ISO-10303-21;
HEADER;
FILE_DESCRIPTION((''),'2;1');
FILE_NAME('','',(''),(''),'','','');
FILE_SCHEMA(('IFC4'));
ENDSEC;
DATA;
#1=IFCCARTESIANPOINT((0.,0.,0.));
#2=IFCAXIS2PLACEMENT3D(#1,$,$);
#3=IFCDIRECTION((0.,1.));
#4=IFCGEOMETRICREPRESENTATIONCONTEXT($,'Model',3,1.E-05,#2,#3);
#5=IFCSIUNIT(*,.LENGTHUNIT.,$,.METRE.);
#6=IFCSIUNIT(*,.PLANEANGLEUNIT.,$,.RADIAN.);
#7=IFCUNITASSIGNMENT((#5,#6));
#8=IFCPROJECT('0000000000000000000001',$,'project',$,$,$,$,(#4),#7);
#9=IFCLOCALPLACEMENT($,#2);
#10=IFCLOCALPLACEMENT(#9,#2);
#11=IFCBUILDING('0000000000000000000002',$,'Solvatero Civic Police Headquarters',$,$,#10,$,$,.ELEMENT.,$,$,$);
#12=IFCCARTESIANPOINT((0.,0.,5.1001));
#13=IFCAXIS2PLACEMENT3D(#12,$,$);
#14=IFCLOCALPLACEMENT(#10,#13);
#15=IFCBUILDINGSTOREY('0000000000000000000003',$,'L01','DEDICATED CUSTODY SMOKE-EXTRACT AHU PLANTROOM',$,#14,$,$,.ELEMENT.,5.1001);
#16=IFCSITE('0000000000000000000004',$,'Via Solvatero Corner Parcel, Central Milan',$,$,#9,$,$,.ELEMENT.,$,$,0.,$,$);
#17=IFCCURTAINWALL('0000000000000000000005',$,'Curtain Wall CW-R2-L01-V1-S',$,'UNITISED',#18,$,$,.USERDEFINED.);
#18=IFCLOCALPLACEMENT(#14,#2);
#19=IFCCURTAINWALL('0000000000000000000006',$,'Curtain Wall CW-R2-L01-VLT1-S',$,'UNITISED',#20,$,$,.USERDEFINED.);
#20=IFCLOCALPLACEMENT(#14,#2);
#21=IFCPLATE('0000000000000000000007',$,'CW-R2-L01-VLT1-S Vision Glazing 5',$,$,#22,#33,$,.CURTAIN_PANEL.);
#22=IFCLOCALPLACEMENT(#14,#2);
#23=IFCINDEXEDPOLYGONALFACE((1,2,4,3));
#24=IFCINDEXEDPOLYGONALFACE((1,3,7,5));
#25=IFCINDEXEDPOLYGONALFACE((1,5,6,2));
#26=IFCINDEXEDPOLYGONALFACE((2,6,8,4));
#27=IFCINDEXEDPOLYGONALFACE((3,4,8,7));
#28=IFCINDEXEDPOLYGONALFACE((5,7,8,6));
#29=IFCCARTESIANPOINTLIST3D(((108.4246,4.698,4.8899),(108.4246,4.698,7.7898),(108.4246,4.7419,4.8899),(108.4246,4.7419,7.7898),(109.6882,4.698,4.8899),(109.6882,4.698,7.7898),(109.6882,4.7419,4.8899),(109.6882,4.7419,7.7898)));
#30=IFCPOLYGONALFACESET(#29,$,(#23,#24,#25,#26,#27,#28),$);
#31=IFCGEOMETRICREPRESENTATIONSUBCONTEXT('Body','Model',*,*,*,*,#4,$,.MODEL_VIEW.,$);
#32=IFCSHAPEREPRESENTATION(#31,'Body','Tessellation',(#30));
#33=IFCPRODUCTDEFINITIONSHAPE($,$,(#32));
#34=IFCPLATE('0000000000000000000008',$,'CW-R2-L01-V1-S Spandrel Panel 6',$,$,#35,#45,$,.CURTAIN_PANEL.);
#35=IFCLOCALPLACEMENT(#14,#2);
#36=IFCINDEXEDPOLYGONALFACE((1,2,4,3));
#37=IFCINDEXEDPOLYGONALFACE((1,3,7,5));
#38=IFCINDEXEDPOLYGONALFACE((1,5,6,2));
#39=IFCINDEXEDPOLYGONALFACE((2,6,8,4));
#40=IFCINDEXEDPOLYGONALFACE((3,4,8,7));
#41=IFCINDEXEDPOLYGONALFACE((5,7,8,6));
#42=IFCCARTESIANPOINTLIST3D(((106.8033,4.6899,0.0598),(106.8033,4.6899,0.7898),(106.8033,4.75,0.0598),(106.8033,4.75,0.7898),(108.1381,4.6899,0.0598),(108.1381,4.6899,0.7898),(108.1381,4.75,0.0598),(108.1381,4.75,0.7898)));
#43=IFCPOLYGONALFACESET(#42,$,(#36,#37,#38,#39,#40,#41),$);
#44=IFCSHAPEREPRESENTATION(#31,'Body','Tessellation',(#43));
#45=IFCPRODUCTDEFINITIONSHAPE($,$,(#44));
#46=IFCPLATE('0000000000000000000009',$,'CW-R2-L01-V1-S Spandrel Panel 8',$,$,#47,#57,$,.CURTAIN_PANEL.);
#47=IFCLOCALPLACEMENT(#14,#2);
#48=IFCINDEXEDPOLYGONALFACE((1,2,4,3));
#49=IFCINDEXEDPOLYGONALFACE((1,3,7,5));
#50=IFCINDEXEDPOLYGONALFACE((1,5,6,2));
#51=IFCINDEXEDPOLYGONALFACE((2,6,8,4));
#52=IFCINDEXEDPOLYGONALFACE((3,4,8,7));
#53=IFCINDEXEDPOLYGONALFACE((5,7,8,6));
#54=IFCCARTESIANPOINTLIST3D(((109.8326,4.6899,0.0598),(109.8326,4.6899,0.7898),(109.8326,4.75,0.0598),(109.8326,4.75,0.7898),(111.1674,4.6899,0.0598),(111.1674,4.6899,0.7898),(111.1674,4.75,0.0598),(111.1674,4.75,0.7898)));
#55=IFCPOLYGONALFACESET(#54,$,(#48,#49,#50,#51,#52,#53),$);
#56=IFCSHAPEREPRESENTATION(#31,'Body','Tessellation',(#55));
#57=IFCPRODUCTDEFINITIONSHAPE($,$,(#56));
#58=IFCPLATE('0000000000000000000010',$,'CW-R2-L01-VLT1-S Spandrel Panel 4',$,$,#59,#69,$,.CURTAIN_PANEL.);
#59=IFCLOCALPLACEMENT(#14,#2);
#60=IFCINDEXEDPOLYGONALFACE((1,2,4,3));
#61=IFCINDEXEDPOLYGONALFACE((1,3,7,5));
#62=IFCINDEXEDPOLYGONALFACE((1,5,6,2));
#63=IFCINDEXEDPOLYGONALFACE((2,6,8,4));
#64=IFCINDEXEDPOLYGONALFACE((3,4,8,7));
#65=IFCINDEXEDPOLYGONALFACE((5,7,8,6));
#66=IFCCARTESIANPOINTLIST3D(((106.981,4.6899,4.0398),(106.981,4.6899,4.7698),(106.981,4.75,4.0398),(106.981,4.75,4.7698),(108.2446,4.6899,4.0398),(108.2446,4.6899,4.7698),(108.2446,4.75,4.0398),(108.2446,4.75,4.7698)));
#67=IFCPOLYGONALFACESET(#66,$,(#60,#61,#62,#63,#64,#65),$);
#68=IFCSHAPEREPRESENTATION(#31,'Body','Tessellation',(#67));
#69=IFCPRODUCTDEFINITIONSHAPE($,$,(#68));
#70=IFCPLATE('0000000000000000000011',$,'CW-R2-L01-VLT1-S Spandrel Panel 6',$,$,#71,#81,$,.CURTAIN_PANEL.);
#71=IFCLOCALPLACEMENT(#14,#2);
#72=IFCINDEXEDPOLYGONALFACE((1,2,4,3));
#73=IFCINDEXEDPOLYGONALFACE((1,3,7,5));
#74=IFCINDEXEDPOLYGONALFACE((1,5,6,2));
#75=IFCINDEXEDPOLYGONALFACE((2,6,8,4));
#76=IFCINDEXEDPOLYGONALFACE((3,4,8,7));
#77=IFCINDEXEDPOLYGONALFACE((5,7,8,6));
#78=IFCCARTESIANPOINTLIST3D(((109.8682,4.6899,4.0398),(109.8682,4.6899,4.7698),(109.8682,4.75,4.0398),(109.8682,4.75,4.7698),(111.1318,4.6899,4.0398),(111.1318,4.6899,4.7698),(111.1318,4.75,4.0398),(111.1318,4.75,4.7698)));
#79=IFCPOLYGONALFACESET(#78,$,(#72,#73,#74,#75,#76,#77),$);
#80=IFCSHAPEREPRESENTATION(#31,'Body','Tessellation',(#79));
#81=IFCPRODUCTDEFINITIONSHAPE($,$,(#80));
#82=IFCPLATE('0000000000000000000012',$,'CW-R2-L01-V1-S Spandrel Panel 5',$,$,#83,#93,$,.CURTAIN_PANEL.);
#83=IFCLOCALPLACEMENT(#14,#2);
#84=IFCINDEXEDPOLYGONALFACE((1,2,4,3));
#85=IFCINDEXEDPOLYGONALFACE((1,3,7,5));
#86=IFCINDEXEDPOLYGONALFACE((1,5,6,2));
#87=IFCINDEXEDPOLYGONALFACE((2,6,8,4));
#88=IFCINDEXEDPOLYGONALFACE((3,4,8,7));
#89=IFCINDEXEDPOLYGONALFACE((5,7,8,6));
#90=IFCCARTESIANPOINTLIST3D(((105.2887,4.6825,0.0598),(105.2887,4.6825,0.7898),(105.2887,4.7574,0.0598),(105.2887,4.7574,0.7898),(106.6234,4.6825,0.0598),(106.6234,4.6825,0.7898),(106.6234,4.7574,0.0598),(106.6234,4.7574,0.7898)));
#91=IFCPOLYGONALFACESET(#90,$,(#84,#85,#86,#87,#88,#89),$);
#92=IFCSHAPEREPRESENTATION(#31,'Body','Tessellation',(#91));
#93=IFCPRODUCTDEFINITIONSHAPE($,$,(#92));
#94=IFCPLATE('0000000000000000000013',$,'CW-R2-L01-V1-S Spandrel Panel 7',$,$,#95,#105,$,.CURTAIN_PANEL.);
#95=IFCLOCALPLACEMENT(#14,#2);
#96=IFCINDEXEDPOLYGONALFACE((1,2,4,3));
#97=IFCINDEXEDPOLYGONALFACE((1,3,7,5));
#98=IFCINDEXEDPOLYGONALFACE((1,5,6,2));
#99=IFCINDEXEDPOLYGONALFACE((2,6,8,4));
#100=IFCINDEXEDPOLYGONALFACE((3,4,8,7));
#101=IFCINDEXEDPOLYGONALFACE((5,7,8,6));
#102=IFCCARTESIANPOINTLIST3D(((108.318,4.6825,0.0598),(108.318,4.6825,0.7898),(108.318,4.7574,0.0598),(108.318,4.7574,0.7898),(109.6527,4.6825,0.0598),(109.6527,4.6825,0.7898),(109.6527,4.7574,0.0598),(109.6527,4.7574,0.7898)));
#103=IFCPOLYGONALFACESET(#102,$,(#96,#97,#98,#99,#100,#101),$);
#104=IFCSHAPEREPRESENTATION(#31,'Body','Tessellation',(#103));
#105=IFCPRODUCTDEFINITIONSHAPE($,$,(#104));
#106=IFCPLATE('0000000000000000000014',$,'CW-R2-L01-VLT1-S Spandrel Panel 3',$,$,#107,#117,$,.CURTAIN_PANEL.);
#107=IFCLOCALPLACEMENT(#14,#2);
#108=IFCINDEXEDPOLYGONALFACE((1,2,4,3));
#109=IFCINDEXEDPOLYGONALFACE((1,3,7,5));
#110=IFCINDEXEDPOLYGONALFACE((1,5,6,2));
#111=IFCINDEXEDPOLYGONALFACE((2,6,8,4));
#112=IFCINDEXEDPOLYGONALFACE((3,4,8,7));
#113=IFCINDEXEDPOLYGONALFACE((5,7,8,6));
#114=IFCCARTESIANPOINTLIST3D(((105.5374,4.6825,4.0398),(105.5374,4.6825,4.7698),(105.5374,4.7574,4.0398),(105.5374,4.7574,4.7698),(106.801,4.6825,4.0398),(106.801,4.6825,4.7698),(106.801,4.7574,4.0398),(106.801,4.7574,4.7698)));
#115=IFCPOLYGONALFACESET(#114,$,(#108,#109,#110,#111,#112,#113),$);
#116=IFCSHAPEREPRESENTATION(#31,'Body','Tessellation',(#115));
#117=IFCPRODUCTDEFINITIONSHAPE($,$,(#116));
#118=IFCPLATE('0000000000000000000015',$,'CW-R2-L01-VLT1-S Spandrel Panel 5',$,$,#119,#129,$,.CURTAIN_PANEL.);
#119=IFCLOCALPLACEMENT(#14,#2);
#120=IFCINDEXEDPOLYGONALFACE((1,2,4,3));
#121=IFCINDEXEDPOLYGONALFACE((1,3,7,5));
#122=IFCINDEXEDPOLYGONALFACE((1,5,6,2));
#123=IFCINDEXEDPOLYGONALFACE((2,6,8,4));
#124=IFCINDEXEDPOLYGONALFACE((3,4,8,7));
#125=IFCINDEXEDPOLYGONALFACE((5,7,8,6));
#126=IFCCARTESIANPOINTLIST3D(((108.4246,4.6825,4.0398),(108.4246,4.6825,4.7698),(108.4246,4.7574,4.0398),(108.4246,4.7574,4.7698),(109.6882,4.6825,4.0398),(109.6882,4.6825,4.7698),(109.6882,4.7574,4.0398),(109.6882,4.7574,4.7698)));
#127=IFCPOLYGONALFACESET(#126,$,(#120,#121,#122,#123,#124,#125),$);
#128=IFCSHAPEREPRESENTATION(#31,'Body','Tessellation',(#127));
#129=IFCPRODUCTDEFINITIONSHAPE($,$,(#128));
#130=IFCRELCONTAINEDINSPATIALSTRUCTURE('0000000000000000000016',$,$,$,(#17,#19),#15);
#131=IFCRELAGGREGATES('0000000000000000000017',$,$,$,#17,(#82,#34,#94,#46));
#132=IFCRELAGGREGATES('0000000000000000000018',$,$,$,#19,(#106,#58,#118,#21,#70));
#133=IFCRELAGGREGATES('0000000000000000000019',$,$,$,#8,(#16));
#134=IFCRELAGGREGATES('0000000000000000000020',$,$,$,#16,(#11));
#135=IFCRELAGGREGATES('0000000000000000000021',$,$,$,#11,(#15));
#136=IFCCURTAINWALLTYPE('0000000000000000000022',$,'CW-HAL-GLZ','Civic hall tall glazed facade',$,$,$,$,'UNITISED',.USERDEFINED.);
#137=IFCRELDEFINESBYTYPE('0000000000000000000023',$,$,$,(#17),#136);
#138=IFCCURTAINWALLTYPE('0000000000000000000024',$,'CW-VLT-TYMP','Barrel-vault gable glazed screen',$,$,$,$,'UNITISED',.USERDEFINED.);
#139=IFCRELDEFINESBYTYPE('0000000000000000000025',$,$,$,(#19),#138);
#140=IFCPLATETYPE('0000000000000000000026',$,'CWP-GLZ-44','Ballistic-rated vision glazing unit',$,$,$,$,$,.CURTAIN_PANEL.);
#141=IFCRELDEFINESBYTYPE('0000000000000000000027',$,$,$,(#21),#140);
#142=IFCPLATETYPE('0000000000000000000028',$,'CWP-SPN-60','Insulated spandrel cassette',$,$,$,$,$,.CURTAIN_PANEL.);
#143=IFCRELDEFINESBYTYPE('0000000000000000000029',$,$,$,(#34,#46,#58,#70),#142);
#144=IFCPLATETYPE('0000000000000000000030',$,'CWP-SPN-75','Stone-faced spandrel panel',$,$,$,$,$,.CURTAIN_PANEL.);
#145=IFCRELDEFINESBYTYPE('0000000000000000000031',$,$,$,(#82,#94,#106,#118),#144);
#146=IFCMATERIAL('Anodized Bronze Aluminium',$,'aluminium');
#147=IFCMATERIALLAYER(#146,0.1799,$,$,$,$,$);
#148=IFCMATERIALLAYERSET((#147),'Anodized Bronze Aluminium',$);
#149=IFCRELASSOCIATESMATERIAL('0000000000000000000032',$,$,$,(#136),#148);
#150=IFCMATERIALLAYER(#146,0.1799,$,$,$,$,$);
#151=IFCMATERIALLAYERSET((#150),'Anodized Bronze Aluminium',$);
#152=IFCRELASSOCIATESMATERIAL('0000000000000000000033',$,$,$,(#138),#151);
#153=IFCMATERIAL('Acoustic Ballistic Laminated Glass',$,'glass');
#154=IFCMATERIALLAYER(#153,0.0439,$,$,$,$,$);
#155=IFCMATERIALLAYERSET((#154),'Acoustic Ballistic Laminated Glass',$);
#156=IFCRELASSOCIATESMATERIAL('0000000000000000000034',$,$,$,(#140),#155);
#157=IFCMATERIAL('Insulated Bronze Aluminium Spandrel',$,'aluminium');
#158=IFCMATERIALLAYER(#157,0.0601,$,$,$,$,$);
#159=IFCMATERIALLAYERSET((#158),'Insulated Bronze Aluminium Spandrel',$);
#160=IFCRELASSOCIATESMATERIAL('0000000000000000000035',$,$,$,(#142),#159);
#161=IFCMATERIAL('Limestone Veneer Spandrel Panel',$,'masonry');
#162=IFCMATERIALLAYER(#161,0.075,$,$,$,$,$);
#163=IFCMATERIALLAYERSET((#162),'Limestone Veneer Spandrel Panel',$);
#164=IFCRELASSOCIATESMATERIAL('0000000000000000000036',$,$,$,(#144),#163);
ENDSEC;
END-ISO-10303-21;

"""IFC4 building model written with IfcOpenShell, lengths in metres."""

from ifc_helpers import new_model, si_unit, direction, frame, origin, origin_2d, place, context, subcontext, project, spatial, rectangle, extrude, material, layer, layer_set, type_object, element, aggregate, save


model = new_model("IFC4")

# Units and contexts
model_context = context("Model", 3, precision=1e-05, world=origin(), true_north=direction((0.0, 1.0)))
body_context = subcontext(model_context, "Body", "Model", "MODEL_VIEW")
ifc_project = project(units=[si_unit("LENGTHUNIT", "METRE"), si_unit("PLANEANGLEUNIT", "RADIAN")], contexts=[model_context])

# Site, building, storey
site_placement = place(None, origin())
site = spatial("IfcSite", under=ifc_project, at=site_placement, Name="Via Solvatero Corner Parcel, Central Milan", CompositionType="ELEMENT", RefElevation=0.0)
building_placement = place(site_placement, origin())
building = spatial("IfcBuilding", under=site, at=building_placement, Name="Solvatero Civic Police Headquarters", CompositionType="ELEMENT")
storey_placement = place(building_placement, frame((0.0, 0.0, 5.1001)))
storey = spatial("IfcBuildingStorey", under=building, at=storey_placement, Name="L01", Description="DEDICATED CUSTODY SMOKE-EXTRACT AHU PLANTROOM", CompositionType="ELEMENT", Elevation=5.1001)

# Curtain walls
ifc_material_1 = material(Name="Anodized Bronze Aluminium", Category="aluminium")
ifc_layer_1 = layer(ifc_material_1, 0.1799)
ifc_layer_set_1 = layer_set([ifc_layer_1], Name="Anodized Bronze Aluminium")
curtain_wall_type_1 = type_object("IfcCurtainWallType", Name="CW-HAL-GLZ", Description="Civic hall tall glazed facade", ElementType="UNITISED", PredefinedType="USERDEFINED", material=ifc_layer_set_1)
curtain_wall_1_placement = place(storey_placement, origin())
curtain_wall_1 = element("IfcCurtainWall", 1, at=curtain_wall_1_placement, inside=storey, type_object=curtain_wall_type_1, Name="Curtain Wall CW-R2-L01-V1-S", ObjectType="UNITISED", PredefinedType="USERDEFINED")
ifc_layer_2 = layer(ifc_material_1, 0.1799)
ifc_layer_set_2 = layer_set([ifc_layer_2], Name="Anodized Bronze Aluminium")
curtain_wall_type_2 = type_object("IfcCurtainWallType", Name="CW-VLT-TYMP", Description="Barrel-vault gable glazed screen", ElementType="UNITISED", PredefinedType="USERDEFINED", material=ifc_layer_set_2)
curtain_wall_2_placement = place(storey_placement, origin())
curtain_wall_2 = element("IfcCurtainWall", 2, at=curtain_wall_2_placement, inside=storey, type_object=curtain_wall_type_2, Name="Curtain Wall CW-R2-L01-VLT1-S", ObjectType="UNITISED", PredefinedType="USERDEFINED")

# Plates
ifc_material_2 = material(Name="Acoustic Ballistic Laminated Glass", Category="glass")
ifc_layer_3 = layer(ifc_material_2, 0.0439)
ifc_layer_set_3 = layer_set([ifc_layer_3], Name="Acoustic Ballistic Laminated Glass")
plate_type_1 = type_object("IfcPlateType", Name="CWP-GLZ-44", Description="Ballistic-rated vision glazing unit", PredefinedType="CURTAIN_PANEL", material=ifc_layer_set_3)
plate_1_placement = place(storey_placement, frame((109.0564, 4.72, 4.8899), z_axis=(0.0, 0.0, 1.0), x_axis=(1.0, 0.0, 0.0)))
plate_1 = element("IfcPlate", 3, at=plate_1_placement, type_object=plate_type_1, Name="CW-R2-L01-VLT1-S Vision Glazing 5", PredefinedType="CURTAIN_PANEL", context=body_context, shape_type="SweptSolid", body=[
    extrude(rectangle(XDim=1.2637, YDim=0.0439, at=origin_2d()), origin(), (0.0, 0.0, 1.0), 2.8999),
])
ifc_material_3 = material(Name="Insulated Bronze Aluminium Spandrel", Category="aluminium")
ifc_layer_4 = layer(ifc_material_3, 0.0601)
ifc_layer_set_4 = layer_set([ifc_layer_4], Name="Insulated Bronze Aluminium Spandrel")
plate_type_2 = type_object("IfcPlateType", Name="CWP-SPN-60", Description="Insulated spandrel cassette", PredefinedType="CURTAIN_PANEL", material=ifc_layer_set_4)
plate_2_placement = place(storey_placement, frame((107.4707, 4.72, 0.0598), z_axis=(0.0, 0.0, 1.0), x_axis=(1.0, 0.0, 0.0)))
plate_2 = element("IfcPlate", 4, at=plate_2_placement, type_object=plate_type_2, Name="CW-R2-L01-V1-S Spandrel Panel 6", PredefinedType="CURTAIN_PANEL", context=body_context, shape_type="SweptSolid", body=[
    extrude(rectangle(XDim=1.3347, YDim=0.0601, at=origin_2d()), origin(), (0.0, 0.0, 1.0), 0.73),
])
plate_3_placement = place(storey_placement, frame((110.5, 4.72, 0.0598), z_axis=(0.0, 0.0, 1.0), x_axis=(1.0, 0.0, 0.0)))
plate_3 = element("IfcPlate", 5, at=plate_3_placement, type_object=plate_type_2, Name="CW-R2-L01-V1-S Spandrel Panel 8", PredefinedType="CURTAIN_PANEL", context=body_context, shape_type="SweptSolid", body=[
    extrude(rectangle(XDim=1.3347, YDim=0.0601, at=origin_2d()), origin(), (0.0, 0.0, 1.0), 0.73),
])
plate_4_placement = place(storey_placement, frame((107.6128, 4.72, 4.0398), z_axis=(0.0, 0.0, 1.0), x_axis=(1.0, 0.0, 0.0)))
plate_4 = element("IfcPlate", 6, at=plate_4_placement, type_object=plate_type_2, Name="CW-R2-L01-VLT1-S Spandrel Panel 4", PredefinedType="CURTAIN_PANEL", context=body_context, shape_type="SweptSolid", body=[
    extrude(rectangle(XDim=1.2637, YDim=0.0601, at=origin_2d()), origin(), (0.0, 0.0, 1.0), 0.73),
])
plate_5_placement = place(storey_placement, frame((110.5, 4.72, 4.0398), z_axis=(0.0, 0.0, 1.0), x_axis=(1.0, 0.0, 0.0)))
plate_5 = element("IfcPlate", 7, at=plate_5_placement, type_object=plate_type_2, Name="CW-R2-L01-VLT1-S Spandrel Panel 6", PredefinedType="CURTAIN_PANEL", context=body_context, shape_type="SweptSolid", body=[
    extrude(rectangle(XDim=1.2637, YDim=0.0601, at=origin_2d()), origin(), (0.0, 0.0, 1.0), 0.73),
])
ifc_material_4 = material(Name="Limestone Veneer Spandrel Panel", Category="masonry")
ifc_layer_5 = layer(ifc_material_4, 0.075)
ifc_layer_set_5 = layer_set([ifc_layer_5], Name="Limestone Veneer Spandrel Panel")
plate_type_3 = type_object("IfcPlateType", Name="CWP-SPN-75", Description="Stone-faced spandrel panel", PredefinedType="CURTAIN_PANEL", material=ifc_layer_set_5)
plate_6_placement = place(storey_placement, frame((105.9561, 4.72, 0.0598), z_axis=(0.0, 0.0, 1.0), x_axis=(1.0, 0.0, 0.0)))
plate_6 = element("IfcPlate", 8, at=plate_6_placement, type_object=plate_type_3, Name="CW-R2-L01-V1-S Spandrel Panel 5", PredefinedType="CURTAIN_PANEL", context=body_context, shape_type="SweptSolid", body=[
    extrude(rectangle(XDim=1.3347, YDim=0.075, at=origin_2d()), origin(), (0.0, 0.0, 1.0), 0.73),
])
plate_7_placement = place(storey_placement, frame((108.9854, 4.72, 0.0598), z_axis=(0.0, 0.0, 1.0), x_axis=(1.0, 0.0, 0.0)))
plate_7 = element("IfcPlate", 9, at=plate_7_placement, type_object=plate_type_3, Name="CW-R2-L01-V1-S Spandrel Panel 7", PredefinedType="CURTAIN_PANEL", context=body_context, shape_type="SweptSolid", body=[
    extrude(rectangle(XDim=1.3347, YDim=0.075, at=origin_2d()), origin(), (0.0, 0.0, 1.0), 0.73),
])
aggregate(curtain_wall_1, [plate_6, plate_2, plate_7, plate_3])
plate_8_placement = place(storey_placement, frame((106.1692, 4.72, 4.0398), z_axis=(0.0, 0.0, 1.0), x_axis=(1.0, 0.0, 0.0)))
plate_8 = element("IfcPlate", 10, at=plate_8_placement, type_object=plate_type_3, Name="CW-R2-L01-VLT1-S Spandrel Panel 3", PredefinedType="CURTAIN_PANEL", context=body_context, shape_type="SweptSolid", body=[
    extrude(rectangle(XDim=1.2637, YDim=0.075, at=origin_2d()), origin(), (0.0, 0.0, 1.0), 0.73),
])
plate_9_placement = place(storey_placement, frame((109.0564, 4.72, 4.0398), z_axis=(0.0, 0.0, 1.0), x_axis=(1.0, 0.0, 0.0)))
plate_9 = element("IfcPlate", 11, at=plate_9_placement, type_object=plate_type_3, Name="CW-R2-L01-VLT1-S Spandrel Panel 5", PredefinedType="CURTAIN_PANEL", context=body_context, shape_type="SweptSolid", body=[
    extrude(rectangle(XDim=1.2637, YDim=0.075, at=origin_2d()), origin(), (0.0, 0.0, 1.0), 0.73),
])
aggregate(curtain_wall_2, [plate_8, plate_4, plate_9, plate_1, plate_5])

save(model, "model.ifc")
